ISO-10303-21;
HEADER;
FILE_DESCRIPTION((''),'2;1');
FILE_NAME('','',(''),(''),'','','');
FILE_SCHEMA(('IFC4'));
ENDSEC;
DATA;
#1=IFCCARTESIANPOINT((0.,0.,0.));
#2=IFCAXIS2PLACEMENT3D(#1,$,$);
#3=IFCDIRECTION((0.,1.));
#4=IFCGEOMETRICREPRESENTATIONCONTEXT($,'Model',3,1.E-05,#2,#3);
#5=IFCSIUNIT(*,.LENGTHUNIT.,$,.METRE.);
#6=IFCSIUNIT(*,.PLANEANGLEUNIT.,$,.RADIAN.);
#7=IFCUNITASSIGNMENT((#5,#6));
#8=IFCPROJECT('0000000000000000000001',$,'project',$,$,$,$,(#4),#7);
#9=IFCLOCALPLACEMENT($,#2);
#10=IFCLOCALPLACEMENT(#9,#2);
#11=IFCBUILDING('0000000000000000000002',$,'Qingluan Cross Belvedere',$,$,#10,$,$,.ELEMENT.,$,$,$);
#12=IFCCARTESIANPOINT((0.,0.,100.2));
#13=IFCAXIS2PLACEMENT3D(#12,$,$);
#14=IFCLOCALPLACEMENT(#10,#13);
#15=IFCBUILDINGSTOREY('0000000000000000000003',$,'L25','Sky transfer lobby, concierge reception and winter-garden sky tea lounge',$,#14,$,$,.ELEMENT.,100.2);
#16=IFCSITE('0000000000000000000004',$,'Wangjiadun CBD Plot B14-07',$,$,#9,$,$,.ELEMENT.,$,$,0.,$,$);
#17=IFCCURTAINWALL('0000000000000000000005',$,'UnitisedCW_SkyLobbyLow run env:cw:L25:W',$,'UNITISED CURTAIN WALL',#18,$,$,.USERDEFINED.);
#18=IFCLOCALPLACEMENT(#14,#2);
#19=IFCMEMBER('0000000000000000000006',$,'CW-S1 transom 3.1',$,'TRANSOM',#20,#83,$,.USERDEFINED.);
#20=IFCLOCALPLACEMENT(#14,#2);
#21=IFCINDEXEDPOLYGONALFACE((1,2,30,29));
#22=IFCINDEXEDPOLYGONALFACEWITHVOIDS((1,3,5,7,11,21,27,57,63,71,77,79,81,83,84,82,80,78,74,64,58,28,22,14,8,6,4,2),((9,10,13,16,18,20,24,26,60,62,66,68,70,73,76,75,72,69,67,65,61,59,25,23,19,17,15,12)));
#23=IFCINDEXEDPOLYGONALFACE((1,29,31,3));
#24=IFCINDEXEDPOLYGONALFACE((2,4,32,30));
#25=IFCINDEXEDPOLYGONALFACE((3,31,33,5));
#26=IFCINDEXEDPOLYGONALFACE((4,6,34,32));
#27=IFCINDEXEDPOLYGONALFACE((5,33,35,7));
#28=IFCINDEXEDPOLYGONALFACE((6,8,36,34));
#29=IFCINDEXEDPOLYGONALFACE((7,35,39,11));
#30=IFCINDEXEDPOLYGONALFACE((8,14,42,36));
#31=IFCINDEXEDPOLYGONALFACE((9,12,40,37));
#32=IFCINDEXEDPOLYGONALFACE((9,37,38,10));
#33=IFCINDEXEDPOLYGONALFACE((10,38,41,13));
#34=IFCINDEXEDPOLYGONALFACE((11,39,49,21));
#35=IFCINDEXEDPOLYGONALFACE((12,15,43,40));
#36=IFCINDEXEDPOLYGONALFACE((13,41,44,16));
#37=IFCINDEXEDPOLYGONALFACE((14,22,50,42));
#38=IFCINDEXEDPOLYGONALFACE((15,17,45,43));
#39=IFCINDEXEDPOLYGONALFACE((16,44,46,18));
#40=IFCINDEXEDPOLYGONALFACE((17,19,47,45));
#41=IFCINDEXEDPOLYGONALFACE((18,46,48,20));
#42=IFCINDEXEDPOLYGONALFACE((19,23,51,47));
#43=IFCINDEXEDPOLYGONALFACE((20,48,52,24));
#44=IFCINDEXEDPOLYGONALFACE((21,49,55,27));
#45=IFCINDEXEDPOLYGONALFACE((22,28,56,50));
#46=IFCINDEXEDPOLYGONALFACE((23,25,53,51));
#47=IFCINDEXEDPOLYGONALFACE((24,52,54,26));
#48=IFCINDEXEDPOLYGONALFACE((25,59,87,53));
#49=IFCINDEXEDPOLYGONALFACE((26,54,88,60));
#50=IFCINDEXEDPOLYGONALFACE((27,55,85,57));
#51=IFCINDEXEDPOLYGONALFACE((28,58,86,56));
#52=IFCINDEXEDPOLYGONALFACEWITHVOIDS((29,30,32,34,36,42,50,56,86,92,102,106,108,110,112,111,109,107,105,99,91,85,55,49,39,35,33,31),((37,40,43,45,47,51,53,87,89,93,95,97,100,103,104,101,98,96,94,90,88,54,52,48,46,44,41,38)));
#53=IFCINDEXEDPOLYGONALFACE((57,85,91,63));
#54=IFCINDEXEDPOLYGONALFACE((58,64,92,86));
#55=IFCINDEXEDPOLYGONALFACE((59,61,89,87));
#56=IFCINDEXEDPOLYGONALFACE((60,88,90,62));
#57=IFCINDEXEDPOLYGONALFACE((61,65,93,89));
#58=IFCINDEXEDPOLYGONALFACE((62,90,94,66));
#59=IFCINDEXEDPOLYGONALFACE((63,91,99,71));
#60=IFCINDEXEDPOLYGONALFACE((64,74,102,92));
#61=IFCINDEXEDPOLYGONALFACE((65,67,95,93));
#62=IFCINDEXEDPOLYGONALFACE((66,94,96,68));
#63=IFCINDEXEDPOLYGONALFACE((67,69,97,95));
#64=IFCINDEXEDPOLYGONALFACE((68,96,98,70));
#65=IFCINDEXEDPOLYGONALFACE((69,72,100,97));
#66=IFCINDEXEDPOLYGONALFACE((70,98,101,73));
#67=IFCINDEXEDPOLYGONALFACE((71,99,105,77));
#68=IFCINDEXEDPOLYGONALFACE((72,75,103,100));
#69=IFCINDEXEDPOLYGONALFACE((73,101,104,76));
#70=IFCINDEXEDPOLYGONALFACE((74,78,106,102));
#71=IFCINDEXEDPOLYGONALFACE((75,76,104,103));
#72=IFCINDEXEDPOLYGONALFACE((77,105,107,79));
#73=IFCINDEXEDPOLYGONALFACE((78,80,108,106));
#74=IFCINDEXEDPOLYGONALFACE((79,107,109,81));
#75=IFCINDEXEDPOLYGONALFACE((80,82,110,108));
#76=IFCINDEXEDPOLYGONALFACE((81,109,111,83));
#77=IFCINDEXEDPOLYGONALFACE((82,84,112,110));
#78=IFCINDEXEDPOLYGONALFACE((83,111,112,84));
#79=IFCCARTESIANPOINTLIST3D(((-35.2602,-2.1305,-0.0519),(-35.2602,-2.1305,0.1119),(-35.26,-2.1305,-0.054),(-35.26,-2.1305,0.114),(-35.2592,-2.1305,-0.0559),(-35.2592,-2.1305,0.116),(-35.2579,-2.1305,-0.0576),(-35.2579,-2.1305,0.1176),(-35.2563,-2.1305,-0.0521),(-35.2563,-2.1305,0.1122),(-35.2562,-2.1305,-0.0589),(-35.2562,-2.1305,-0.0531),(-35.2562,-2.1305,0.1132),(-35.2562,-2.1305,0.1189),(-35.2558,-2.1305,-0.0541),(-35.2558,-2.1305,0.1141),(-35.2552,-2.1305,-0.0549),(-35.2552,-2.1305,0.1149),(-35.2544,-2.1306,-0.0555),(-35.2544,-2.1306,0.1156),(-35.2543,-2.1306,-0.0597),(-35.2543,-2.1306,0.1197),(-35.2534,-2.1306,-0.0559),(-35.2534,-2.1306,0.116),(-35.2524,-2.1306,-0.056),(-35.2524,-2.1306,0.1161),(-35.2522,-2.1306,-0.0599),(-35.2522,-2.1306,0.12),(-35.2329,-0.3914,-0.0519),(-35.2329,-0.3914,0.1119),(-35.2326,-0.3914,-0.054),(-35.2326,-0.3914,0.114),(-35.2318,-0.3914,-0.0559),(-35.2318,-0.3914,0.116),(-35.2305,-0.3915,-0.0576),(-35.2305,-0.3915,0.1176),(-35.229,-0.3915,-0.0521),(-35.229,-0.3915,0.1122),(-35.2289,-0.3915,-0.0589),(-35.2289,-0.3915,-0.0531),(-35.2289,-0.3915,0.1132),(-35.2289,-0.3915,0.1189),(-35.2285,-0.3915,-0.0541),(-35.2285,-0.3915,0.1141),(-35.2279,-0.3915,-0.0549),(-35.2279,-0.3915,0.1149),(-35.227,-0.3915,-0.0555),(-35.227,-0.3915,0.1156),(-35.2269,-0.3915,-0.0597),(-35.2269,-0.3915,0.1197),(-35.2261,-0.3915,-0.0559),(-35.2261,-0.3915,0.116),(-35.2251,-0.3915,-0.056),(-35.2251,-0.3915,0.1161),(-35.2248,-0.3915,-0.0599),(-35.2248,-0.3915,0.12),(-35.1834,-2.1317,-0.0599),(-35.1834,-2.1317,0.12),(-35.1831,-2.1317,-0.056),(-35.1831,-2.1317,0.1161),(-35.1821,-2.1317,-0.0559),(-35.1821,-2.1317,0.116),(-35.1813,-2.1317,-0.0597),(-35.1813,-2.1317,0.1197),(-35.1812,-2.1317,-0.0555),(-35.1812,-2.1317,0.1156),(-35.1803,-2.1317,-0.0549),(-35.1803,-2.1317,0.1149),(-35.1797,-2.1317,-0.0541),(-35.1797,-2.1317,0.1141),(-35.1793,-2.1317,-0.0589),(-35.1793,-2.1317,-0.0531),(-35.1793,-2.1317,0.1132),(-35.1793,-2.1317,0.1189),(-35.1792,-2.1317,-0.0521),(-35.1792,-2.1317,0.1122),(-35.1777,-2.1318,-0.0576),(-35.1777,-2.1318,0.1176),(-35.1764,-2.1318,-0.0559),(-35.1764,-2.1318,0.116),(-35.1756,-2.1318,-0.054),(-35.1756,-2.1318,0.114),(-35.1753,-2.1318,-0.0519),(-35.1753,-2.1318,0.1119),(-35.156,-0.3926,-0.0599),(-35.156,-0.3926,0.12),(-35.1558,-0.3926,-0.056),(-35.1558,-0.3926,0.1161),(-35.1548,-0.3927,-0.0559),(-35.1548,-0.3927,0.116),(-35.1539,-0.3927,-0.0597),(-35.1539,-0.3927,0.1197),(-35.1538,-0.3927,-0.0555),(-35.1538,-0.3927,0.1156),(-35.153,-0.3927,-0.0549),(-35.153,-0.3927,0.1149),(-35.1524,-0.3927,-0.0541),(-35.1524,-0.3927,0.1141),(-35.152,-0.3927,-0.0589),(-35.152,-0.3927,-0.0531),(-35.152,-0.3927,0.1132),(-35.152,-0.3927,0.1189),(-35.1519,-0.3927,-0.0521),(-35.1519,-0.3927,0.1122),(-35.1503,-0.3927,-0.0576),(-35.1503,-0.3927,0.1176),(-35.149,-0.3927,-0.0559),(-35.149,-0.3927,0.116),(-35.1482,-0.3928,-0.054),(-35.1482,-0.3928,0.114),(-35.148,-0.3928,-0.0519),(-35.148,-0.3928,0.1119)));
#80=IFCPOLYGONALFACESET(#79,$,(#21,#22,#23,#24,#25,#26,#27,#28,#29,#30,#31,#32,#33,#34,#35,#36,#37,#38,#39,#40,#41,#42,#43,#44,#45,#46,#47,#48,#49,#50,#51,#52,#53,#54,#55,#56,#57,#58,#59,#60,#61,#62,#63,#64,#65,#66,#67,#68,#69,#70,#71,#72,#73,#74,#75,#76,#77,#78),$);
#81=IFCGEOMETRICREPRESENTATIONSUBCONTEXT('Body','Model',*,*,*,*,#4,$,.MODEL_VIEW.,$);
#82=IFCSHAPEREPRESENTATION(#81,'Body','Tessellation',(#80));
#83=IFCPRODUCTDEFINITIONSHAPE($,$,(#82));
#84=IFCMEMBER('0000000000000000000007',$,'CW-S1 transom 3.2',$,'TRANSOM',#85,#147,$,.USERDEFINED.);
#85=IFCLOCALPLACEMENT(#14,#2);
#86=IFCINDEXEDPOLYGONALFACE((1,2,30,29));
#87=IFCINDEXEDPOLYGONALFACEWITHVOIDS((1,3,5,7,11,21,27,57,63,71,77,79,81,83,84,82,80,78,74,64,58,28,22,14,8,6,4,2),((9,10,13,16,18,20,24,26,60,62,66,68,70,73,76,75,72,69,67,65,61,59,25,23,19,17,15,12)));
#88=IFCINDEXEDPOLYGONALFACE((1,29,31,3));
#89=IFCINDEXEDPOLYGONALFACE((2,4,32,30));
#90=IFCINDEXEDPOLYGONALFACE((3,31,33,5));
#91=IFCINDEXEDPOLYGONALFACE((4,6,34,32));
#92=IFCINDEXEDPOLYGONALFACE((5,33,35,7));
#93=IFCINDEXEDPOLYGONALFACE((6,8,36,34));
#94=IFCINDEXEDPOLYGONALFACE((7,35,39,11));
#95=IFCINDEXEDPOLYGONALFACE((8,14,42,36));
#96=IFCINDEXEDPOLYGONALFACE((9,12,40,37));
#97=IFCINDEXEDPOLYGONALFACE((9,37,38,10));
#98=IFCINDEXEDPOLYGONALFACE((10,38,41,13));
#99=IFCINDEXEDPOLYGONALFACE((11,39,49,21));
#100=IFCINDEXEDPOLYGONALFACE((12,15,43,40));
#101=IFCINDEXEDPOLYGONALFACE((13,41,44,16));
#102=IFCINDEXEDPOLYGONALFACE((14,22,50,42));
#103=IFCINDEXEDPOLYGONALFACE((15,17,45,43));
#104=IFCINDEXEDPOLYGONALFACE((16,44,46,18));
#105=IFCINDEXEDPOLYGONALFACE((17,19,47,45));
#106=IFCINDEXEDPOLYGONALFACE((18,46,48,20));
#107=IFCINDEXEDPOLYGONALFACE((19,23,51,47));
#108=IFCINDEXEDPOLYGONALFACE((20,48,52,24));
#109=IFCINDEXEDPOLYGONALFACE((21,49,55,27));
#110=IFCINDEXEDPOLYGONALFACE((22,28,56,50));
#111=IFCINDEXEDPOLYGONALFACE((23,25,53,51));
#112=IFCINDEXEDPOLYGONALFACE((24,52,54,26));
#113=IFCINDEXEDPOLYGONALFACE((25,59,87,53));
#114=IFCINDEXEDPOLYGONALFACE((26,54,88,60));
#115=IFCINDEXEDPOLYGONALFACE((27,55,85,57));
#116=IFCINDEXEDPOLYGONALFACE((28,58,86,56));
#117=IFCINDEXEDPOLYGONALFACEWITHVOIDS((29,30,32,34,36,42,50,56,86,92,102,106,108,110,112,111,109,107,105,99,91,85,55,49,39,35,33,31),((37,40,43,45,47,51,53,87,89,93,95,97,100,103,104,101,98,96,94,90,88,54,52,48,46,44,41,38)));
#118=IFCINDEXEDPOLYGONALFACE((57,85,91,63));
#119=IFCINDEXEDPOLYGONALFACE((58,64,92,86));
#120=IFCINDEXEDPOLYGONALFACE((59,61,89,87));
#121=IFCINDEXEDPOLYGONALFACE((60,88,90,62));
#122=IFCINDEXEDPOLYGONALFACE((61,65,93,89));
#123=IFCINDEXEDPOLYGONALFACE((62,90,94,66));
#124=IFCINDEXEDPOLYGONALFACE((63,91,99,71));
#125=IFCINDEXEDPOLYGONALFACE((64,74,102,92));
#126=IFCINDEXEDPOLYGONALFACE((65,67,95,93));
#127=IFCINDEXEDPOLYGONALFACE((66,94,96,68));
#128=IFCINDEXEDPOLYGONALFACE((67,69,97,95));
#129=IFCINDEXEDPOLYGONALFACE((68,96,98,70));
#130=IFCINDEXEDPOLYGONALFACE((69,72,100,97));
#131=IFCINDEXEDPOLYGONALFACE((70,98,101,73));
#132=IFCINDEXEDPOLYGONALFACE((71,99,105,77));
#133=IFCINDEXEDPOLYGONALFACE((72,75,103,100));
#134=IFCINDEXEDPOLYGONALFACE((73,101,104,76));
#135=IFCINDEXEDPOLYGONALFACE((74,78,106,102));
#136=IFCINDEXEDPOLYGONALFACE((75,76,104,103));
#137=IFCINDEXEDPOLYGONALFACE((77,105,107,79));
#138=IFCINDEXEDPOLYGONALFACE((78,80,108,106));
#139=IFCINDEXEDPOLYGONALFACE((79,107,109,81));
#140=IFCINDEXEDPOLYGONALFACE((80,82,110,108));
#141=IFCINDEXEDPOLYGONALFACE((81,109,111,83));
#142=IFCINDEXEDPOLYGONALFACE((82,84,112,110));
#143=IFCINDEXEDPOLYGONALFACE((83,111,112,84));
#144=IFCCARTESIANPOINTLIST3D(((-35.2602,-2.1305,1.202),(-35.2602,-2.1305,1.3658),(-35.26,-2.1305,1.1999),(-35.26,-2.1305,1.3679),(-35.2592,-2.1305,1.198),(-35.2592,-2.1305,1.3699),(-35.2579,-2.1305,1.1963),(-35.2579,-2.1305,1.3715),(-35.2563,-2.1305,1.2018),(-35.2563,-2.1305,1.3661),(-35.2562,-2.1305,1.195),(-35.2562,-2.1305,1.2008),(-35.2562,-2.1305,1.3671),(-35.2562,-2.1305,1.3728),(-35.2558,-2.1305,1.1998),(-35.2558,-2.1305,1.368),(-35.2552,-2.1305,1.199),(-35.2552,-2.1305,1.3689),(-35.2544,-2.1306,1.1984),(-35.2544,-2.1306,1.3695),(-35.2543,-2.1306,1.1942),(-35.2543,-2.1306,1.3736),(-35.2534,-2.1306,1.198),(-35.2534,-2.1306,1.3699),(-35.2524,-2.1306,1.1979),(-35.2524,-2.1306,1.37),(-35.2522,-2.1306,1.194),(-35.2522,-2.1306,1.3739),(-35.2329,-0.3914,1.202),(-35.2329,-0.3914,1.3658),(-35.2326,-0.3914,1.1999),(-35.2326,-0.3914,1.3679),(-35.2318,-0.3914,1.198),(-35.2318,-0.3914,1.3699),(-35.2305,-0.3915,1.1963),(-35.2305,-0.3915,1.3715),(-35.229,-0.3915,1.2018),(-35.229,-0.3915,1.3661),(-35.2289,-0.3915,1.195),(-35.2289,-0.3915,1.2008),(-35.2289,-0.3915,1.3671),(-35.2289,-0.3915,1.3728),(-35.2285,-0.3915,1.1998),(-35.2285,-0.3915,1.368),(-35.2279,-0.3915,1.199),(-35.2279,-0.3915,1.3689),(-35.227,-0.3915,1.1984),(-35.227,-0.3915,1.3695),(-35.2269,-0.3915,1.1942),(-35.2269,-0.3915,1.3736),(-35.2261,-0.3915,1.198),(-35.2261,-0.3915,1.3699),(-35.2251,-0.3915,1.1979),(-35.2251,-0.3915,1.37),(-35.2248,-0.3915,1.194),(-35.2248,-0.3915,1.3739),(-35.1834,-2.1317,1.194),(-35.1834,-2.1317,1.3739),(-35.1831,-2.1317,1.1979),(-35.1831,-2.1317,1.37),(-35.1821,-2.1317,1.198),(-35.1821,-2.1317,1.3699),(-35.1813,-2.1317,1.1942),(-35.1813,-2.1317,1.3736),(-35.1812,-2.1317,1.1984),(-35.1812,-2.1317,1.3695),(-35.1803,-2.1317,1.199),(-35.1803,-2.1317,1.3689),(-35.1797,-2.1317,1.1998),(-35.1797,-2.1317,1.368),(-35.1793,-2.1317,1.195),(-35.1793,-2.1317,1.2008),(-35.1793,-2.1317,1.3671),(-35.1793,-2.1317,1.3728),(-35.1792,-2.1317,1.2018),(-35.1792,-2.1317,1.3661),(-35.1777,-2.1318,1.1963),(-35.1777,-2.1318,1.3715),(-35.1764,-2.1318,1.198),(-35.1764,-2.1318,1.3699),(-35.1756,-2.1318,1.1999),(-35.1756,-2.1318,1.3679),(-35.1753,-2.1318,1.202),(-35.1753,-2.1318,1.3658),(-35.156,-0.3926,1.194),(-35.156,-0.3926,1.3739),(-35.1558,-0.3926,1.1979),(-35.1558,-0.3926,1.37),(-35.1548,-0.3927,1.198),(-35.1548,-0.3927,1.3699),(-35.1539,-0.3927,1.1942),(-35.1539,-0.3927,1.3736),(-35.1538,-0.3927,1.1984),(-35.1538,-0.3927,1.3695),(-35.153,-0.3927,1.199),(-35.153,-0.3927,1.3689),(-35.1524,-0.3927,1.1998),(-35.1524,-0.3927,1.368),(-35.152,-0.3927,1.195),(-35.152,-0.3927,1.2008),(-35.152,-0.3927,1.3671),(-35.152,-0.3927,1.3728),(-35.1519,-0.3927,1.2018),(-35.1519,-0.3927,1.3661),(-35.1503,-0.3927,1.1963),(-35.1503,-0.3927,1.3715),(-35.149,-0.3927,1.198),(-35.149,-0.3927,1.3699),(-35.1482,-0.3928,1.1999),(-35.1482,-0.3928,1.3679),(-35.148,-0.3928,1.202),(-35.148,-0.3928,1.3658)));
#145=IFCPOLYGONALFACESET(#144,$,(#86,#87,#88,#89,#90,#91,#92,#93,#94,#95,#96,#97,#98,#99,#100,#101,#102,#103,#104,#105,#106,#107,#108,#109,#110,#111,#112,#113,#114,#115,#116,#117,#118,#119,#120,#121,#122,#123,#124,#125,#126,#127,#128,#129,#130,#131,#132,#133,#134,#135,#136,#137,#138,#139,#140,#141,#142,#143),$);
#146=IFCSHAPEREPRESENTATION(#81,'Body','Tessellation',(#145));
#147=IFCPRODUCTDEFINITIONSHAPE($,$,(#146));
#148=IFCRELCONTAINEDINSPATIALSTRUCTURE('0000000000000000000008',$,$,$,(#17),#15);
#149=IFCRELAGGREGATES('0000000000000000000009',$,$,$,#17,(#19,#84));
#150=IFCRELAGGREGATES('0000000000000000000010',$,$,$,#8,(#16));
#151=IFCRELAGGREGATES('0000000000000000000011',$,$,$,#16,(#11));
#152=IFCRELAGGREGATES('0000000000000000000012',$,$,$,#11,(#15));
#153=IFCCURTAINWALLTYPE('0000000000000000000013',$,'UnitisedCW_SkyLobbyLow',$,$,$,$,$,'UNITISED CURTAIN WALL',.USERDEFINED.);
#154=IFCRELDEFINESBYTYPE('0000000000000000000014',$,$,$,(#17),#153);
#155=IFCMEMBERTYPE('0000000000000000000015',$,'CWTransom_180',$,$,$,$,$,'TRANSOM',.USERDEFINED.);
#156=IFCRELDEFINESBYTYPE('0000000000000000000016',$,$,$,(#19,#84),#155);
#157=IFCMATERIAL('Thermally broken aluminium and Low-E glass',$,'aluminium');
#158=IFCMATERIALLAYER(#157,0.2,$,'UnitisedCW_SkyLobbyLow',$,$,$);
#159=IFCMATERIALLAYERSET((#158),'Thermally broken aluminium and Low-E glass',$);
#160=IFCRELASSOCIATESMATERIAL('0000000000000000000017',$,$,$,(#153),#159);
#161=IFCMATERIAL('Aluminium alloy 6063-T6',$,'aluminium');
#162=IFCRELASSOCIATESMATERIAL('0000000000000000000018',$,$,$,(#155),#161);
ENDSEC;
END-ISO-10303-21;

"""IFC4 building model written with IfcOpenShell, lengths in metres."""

from ifc_helpers import new_model, si_unit, direction, frame, origin, origin_2d, place, context, subcontext, project, spatial, hollow_rectangle, extrude, material, layer, layer_set, material_profile, profile_set, type_object, element, aggregate, save


model = new_model("IFC4")

# Units and contexts
model_context = context("Model", 3, precision=1e-05, world=origin(), true_north=direction((0.0, 1.0)))
body_context = subcontext(model_context, "Body", "Model", "MODEL_VIEW")
ifc_project = project(units=[si_unit("LENGTHUNIT", "METRE"), si_unit("PLANEANGLEUNIT", "RADIAN")], contexts=[model_context])

# Site, building, storey
site_placement = place(None, origin())
site = spatial("IfcSite", under=ifc_project, at=site_placement, Name="Wangjiadun CBD Plot B14-07", CompositionType="ELEMENT", RefElevation=0.0)
building_placement = place(site_placement, origin())
building = spatial("IfcBuilding", under=site, at=building_placement, Name="Qingluan Cross Belvedere", CompositionType="ELEMENT")
storey_placement = place(building_placement, frame((0.0, 0.0, 100.2)))
storey = spatial("IfcBuildingStorey", under=building, at=storey_placement, Name="L25", Description="Sky transfer lobby, concierge reception and winter-garden sky tea lounge", CompositionType="ELEMENT", Elevation=100.2)

# Curtain wall, members
ifc_material_1 = material(Name="Thermally broken aluminium and Low-E glass", Category="aluminium")
ifc_layer_1 = layer(ifc_material_1, 0.2, Name="UnitisedCW_SkyLobbyLow")
ifc_layer_set_1 = layer_set([ifc_layer_1], Name="Thermally broken aluminium and Low-E glass")
curtain_wall_type = type_object("IfcCurtainWallType", Name="UnitisedCW_SkyLobbyLow", ElementType="UNITISED CURTAIN WALL", PredefinedType="USERDEFINED", material=ifc_layer_set_1)
curtain_wall_placement = place(storey_placement, origin())
curtain_wall = element("IfcCurtainWall", 1, at=curtain_wall_placement, inside=storey, type_object=curtain_wall_type, Name="UnitisedCW_SkyLobbyLow run env:cw:L25:W", ObjectType="UNITISED CURTAIN WALL", PredefinedType="USERDEFINED")
ifc_material_2 = material(Name="Aluminium alloy 6063-T6", Category="aluminium")
ifc_material_profile_1 = material_profile(ifc_material_2, hollow_rectangle(XDim=0.085, YDim=0.1799, WallThickness=0.0039, InnerFilletRadius=0.0039, OuterFilletRadius=0.0081, at=origin_2d()), Name="CWT180x85x4")
ifc_profile_set_1 = profile_set([ifc_material_profile_1], Name="Aluminium alloy 6063-T6")
member_type_1 = type_object("IfcMemberType", Name="CWTransom_180", ElementType="TRANSOM", PredefinedType="USERDEFINED", material=ifc_profile_set_1)
member_1_placement = place(storey_placement, frame((-35.1904, -0.3921, 0.03), z_axis=(-0.015722, -0.999876, 0.0), x_axis=(0.999876, -0.015722, 0.0)))
member_1 = element("IfcMember", 2, at=member_1_placement, type_object=member_type_1, Name="CW-S1 transom 3.1", ObjectType="TRANSOM", PredefinedType="USERDEFINED", context=body_context, shape_type="SweptSolid", body=[
    extrude(hollow_rectangle(XDim=0.085, YDim=0.1799, WallThickness=0.0039, InnerFilletRadius=0.0039, OuterFilletRadius=0.0081, at=origin_2d()), origin(), (0.0, 0.0, 1.0), 1.7393),
])
member_2_placement = place(storey_placement, frame((-35.1904, -0.3921, 1.2839), z_axis=(-0.015722, -0.999876, 0.0), x_axis=(0.999876, -0.015722, 0.0)))
member_2 = element("IfcMember", 3, at=member_2_placement, type_object=member_type_1, Name="CW-S1 transom 3.2", ObjectType="TRANSOM", PredefinedType="USERDEFINED", context=body_context, shape_type="SweptSolid", body=[
    extrude(hollow_rectangle(XDim=0.085, YDim=0.1799, WallThickness=0.0039, InnerFilletRadius=0.0039, OuterFilletRadius=0.0081, at=origin_2d()), origin(), (0.0, 0.0, 1.0), 1.7393),
])

aggregate(curtain_wall, [member_1, member_2])

save(model, "model.ifc")
